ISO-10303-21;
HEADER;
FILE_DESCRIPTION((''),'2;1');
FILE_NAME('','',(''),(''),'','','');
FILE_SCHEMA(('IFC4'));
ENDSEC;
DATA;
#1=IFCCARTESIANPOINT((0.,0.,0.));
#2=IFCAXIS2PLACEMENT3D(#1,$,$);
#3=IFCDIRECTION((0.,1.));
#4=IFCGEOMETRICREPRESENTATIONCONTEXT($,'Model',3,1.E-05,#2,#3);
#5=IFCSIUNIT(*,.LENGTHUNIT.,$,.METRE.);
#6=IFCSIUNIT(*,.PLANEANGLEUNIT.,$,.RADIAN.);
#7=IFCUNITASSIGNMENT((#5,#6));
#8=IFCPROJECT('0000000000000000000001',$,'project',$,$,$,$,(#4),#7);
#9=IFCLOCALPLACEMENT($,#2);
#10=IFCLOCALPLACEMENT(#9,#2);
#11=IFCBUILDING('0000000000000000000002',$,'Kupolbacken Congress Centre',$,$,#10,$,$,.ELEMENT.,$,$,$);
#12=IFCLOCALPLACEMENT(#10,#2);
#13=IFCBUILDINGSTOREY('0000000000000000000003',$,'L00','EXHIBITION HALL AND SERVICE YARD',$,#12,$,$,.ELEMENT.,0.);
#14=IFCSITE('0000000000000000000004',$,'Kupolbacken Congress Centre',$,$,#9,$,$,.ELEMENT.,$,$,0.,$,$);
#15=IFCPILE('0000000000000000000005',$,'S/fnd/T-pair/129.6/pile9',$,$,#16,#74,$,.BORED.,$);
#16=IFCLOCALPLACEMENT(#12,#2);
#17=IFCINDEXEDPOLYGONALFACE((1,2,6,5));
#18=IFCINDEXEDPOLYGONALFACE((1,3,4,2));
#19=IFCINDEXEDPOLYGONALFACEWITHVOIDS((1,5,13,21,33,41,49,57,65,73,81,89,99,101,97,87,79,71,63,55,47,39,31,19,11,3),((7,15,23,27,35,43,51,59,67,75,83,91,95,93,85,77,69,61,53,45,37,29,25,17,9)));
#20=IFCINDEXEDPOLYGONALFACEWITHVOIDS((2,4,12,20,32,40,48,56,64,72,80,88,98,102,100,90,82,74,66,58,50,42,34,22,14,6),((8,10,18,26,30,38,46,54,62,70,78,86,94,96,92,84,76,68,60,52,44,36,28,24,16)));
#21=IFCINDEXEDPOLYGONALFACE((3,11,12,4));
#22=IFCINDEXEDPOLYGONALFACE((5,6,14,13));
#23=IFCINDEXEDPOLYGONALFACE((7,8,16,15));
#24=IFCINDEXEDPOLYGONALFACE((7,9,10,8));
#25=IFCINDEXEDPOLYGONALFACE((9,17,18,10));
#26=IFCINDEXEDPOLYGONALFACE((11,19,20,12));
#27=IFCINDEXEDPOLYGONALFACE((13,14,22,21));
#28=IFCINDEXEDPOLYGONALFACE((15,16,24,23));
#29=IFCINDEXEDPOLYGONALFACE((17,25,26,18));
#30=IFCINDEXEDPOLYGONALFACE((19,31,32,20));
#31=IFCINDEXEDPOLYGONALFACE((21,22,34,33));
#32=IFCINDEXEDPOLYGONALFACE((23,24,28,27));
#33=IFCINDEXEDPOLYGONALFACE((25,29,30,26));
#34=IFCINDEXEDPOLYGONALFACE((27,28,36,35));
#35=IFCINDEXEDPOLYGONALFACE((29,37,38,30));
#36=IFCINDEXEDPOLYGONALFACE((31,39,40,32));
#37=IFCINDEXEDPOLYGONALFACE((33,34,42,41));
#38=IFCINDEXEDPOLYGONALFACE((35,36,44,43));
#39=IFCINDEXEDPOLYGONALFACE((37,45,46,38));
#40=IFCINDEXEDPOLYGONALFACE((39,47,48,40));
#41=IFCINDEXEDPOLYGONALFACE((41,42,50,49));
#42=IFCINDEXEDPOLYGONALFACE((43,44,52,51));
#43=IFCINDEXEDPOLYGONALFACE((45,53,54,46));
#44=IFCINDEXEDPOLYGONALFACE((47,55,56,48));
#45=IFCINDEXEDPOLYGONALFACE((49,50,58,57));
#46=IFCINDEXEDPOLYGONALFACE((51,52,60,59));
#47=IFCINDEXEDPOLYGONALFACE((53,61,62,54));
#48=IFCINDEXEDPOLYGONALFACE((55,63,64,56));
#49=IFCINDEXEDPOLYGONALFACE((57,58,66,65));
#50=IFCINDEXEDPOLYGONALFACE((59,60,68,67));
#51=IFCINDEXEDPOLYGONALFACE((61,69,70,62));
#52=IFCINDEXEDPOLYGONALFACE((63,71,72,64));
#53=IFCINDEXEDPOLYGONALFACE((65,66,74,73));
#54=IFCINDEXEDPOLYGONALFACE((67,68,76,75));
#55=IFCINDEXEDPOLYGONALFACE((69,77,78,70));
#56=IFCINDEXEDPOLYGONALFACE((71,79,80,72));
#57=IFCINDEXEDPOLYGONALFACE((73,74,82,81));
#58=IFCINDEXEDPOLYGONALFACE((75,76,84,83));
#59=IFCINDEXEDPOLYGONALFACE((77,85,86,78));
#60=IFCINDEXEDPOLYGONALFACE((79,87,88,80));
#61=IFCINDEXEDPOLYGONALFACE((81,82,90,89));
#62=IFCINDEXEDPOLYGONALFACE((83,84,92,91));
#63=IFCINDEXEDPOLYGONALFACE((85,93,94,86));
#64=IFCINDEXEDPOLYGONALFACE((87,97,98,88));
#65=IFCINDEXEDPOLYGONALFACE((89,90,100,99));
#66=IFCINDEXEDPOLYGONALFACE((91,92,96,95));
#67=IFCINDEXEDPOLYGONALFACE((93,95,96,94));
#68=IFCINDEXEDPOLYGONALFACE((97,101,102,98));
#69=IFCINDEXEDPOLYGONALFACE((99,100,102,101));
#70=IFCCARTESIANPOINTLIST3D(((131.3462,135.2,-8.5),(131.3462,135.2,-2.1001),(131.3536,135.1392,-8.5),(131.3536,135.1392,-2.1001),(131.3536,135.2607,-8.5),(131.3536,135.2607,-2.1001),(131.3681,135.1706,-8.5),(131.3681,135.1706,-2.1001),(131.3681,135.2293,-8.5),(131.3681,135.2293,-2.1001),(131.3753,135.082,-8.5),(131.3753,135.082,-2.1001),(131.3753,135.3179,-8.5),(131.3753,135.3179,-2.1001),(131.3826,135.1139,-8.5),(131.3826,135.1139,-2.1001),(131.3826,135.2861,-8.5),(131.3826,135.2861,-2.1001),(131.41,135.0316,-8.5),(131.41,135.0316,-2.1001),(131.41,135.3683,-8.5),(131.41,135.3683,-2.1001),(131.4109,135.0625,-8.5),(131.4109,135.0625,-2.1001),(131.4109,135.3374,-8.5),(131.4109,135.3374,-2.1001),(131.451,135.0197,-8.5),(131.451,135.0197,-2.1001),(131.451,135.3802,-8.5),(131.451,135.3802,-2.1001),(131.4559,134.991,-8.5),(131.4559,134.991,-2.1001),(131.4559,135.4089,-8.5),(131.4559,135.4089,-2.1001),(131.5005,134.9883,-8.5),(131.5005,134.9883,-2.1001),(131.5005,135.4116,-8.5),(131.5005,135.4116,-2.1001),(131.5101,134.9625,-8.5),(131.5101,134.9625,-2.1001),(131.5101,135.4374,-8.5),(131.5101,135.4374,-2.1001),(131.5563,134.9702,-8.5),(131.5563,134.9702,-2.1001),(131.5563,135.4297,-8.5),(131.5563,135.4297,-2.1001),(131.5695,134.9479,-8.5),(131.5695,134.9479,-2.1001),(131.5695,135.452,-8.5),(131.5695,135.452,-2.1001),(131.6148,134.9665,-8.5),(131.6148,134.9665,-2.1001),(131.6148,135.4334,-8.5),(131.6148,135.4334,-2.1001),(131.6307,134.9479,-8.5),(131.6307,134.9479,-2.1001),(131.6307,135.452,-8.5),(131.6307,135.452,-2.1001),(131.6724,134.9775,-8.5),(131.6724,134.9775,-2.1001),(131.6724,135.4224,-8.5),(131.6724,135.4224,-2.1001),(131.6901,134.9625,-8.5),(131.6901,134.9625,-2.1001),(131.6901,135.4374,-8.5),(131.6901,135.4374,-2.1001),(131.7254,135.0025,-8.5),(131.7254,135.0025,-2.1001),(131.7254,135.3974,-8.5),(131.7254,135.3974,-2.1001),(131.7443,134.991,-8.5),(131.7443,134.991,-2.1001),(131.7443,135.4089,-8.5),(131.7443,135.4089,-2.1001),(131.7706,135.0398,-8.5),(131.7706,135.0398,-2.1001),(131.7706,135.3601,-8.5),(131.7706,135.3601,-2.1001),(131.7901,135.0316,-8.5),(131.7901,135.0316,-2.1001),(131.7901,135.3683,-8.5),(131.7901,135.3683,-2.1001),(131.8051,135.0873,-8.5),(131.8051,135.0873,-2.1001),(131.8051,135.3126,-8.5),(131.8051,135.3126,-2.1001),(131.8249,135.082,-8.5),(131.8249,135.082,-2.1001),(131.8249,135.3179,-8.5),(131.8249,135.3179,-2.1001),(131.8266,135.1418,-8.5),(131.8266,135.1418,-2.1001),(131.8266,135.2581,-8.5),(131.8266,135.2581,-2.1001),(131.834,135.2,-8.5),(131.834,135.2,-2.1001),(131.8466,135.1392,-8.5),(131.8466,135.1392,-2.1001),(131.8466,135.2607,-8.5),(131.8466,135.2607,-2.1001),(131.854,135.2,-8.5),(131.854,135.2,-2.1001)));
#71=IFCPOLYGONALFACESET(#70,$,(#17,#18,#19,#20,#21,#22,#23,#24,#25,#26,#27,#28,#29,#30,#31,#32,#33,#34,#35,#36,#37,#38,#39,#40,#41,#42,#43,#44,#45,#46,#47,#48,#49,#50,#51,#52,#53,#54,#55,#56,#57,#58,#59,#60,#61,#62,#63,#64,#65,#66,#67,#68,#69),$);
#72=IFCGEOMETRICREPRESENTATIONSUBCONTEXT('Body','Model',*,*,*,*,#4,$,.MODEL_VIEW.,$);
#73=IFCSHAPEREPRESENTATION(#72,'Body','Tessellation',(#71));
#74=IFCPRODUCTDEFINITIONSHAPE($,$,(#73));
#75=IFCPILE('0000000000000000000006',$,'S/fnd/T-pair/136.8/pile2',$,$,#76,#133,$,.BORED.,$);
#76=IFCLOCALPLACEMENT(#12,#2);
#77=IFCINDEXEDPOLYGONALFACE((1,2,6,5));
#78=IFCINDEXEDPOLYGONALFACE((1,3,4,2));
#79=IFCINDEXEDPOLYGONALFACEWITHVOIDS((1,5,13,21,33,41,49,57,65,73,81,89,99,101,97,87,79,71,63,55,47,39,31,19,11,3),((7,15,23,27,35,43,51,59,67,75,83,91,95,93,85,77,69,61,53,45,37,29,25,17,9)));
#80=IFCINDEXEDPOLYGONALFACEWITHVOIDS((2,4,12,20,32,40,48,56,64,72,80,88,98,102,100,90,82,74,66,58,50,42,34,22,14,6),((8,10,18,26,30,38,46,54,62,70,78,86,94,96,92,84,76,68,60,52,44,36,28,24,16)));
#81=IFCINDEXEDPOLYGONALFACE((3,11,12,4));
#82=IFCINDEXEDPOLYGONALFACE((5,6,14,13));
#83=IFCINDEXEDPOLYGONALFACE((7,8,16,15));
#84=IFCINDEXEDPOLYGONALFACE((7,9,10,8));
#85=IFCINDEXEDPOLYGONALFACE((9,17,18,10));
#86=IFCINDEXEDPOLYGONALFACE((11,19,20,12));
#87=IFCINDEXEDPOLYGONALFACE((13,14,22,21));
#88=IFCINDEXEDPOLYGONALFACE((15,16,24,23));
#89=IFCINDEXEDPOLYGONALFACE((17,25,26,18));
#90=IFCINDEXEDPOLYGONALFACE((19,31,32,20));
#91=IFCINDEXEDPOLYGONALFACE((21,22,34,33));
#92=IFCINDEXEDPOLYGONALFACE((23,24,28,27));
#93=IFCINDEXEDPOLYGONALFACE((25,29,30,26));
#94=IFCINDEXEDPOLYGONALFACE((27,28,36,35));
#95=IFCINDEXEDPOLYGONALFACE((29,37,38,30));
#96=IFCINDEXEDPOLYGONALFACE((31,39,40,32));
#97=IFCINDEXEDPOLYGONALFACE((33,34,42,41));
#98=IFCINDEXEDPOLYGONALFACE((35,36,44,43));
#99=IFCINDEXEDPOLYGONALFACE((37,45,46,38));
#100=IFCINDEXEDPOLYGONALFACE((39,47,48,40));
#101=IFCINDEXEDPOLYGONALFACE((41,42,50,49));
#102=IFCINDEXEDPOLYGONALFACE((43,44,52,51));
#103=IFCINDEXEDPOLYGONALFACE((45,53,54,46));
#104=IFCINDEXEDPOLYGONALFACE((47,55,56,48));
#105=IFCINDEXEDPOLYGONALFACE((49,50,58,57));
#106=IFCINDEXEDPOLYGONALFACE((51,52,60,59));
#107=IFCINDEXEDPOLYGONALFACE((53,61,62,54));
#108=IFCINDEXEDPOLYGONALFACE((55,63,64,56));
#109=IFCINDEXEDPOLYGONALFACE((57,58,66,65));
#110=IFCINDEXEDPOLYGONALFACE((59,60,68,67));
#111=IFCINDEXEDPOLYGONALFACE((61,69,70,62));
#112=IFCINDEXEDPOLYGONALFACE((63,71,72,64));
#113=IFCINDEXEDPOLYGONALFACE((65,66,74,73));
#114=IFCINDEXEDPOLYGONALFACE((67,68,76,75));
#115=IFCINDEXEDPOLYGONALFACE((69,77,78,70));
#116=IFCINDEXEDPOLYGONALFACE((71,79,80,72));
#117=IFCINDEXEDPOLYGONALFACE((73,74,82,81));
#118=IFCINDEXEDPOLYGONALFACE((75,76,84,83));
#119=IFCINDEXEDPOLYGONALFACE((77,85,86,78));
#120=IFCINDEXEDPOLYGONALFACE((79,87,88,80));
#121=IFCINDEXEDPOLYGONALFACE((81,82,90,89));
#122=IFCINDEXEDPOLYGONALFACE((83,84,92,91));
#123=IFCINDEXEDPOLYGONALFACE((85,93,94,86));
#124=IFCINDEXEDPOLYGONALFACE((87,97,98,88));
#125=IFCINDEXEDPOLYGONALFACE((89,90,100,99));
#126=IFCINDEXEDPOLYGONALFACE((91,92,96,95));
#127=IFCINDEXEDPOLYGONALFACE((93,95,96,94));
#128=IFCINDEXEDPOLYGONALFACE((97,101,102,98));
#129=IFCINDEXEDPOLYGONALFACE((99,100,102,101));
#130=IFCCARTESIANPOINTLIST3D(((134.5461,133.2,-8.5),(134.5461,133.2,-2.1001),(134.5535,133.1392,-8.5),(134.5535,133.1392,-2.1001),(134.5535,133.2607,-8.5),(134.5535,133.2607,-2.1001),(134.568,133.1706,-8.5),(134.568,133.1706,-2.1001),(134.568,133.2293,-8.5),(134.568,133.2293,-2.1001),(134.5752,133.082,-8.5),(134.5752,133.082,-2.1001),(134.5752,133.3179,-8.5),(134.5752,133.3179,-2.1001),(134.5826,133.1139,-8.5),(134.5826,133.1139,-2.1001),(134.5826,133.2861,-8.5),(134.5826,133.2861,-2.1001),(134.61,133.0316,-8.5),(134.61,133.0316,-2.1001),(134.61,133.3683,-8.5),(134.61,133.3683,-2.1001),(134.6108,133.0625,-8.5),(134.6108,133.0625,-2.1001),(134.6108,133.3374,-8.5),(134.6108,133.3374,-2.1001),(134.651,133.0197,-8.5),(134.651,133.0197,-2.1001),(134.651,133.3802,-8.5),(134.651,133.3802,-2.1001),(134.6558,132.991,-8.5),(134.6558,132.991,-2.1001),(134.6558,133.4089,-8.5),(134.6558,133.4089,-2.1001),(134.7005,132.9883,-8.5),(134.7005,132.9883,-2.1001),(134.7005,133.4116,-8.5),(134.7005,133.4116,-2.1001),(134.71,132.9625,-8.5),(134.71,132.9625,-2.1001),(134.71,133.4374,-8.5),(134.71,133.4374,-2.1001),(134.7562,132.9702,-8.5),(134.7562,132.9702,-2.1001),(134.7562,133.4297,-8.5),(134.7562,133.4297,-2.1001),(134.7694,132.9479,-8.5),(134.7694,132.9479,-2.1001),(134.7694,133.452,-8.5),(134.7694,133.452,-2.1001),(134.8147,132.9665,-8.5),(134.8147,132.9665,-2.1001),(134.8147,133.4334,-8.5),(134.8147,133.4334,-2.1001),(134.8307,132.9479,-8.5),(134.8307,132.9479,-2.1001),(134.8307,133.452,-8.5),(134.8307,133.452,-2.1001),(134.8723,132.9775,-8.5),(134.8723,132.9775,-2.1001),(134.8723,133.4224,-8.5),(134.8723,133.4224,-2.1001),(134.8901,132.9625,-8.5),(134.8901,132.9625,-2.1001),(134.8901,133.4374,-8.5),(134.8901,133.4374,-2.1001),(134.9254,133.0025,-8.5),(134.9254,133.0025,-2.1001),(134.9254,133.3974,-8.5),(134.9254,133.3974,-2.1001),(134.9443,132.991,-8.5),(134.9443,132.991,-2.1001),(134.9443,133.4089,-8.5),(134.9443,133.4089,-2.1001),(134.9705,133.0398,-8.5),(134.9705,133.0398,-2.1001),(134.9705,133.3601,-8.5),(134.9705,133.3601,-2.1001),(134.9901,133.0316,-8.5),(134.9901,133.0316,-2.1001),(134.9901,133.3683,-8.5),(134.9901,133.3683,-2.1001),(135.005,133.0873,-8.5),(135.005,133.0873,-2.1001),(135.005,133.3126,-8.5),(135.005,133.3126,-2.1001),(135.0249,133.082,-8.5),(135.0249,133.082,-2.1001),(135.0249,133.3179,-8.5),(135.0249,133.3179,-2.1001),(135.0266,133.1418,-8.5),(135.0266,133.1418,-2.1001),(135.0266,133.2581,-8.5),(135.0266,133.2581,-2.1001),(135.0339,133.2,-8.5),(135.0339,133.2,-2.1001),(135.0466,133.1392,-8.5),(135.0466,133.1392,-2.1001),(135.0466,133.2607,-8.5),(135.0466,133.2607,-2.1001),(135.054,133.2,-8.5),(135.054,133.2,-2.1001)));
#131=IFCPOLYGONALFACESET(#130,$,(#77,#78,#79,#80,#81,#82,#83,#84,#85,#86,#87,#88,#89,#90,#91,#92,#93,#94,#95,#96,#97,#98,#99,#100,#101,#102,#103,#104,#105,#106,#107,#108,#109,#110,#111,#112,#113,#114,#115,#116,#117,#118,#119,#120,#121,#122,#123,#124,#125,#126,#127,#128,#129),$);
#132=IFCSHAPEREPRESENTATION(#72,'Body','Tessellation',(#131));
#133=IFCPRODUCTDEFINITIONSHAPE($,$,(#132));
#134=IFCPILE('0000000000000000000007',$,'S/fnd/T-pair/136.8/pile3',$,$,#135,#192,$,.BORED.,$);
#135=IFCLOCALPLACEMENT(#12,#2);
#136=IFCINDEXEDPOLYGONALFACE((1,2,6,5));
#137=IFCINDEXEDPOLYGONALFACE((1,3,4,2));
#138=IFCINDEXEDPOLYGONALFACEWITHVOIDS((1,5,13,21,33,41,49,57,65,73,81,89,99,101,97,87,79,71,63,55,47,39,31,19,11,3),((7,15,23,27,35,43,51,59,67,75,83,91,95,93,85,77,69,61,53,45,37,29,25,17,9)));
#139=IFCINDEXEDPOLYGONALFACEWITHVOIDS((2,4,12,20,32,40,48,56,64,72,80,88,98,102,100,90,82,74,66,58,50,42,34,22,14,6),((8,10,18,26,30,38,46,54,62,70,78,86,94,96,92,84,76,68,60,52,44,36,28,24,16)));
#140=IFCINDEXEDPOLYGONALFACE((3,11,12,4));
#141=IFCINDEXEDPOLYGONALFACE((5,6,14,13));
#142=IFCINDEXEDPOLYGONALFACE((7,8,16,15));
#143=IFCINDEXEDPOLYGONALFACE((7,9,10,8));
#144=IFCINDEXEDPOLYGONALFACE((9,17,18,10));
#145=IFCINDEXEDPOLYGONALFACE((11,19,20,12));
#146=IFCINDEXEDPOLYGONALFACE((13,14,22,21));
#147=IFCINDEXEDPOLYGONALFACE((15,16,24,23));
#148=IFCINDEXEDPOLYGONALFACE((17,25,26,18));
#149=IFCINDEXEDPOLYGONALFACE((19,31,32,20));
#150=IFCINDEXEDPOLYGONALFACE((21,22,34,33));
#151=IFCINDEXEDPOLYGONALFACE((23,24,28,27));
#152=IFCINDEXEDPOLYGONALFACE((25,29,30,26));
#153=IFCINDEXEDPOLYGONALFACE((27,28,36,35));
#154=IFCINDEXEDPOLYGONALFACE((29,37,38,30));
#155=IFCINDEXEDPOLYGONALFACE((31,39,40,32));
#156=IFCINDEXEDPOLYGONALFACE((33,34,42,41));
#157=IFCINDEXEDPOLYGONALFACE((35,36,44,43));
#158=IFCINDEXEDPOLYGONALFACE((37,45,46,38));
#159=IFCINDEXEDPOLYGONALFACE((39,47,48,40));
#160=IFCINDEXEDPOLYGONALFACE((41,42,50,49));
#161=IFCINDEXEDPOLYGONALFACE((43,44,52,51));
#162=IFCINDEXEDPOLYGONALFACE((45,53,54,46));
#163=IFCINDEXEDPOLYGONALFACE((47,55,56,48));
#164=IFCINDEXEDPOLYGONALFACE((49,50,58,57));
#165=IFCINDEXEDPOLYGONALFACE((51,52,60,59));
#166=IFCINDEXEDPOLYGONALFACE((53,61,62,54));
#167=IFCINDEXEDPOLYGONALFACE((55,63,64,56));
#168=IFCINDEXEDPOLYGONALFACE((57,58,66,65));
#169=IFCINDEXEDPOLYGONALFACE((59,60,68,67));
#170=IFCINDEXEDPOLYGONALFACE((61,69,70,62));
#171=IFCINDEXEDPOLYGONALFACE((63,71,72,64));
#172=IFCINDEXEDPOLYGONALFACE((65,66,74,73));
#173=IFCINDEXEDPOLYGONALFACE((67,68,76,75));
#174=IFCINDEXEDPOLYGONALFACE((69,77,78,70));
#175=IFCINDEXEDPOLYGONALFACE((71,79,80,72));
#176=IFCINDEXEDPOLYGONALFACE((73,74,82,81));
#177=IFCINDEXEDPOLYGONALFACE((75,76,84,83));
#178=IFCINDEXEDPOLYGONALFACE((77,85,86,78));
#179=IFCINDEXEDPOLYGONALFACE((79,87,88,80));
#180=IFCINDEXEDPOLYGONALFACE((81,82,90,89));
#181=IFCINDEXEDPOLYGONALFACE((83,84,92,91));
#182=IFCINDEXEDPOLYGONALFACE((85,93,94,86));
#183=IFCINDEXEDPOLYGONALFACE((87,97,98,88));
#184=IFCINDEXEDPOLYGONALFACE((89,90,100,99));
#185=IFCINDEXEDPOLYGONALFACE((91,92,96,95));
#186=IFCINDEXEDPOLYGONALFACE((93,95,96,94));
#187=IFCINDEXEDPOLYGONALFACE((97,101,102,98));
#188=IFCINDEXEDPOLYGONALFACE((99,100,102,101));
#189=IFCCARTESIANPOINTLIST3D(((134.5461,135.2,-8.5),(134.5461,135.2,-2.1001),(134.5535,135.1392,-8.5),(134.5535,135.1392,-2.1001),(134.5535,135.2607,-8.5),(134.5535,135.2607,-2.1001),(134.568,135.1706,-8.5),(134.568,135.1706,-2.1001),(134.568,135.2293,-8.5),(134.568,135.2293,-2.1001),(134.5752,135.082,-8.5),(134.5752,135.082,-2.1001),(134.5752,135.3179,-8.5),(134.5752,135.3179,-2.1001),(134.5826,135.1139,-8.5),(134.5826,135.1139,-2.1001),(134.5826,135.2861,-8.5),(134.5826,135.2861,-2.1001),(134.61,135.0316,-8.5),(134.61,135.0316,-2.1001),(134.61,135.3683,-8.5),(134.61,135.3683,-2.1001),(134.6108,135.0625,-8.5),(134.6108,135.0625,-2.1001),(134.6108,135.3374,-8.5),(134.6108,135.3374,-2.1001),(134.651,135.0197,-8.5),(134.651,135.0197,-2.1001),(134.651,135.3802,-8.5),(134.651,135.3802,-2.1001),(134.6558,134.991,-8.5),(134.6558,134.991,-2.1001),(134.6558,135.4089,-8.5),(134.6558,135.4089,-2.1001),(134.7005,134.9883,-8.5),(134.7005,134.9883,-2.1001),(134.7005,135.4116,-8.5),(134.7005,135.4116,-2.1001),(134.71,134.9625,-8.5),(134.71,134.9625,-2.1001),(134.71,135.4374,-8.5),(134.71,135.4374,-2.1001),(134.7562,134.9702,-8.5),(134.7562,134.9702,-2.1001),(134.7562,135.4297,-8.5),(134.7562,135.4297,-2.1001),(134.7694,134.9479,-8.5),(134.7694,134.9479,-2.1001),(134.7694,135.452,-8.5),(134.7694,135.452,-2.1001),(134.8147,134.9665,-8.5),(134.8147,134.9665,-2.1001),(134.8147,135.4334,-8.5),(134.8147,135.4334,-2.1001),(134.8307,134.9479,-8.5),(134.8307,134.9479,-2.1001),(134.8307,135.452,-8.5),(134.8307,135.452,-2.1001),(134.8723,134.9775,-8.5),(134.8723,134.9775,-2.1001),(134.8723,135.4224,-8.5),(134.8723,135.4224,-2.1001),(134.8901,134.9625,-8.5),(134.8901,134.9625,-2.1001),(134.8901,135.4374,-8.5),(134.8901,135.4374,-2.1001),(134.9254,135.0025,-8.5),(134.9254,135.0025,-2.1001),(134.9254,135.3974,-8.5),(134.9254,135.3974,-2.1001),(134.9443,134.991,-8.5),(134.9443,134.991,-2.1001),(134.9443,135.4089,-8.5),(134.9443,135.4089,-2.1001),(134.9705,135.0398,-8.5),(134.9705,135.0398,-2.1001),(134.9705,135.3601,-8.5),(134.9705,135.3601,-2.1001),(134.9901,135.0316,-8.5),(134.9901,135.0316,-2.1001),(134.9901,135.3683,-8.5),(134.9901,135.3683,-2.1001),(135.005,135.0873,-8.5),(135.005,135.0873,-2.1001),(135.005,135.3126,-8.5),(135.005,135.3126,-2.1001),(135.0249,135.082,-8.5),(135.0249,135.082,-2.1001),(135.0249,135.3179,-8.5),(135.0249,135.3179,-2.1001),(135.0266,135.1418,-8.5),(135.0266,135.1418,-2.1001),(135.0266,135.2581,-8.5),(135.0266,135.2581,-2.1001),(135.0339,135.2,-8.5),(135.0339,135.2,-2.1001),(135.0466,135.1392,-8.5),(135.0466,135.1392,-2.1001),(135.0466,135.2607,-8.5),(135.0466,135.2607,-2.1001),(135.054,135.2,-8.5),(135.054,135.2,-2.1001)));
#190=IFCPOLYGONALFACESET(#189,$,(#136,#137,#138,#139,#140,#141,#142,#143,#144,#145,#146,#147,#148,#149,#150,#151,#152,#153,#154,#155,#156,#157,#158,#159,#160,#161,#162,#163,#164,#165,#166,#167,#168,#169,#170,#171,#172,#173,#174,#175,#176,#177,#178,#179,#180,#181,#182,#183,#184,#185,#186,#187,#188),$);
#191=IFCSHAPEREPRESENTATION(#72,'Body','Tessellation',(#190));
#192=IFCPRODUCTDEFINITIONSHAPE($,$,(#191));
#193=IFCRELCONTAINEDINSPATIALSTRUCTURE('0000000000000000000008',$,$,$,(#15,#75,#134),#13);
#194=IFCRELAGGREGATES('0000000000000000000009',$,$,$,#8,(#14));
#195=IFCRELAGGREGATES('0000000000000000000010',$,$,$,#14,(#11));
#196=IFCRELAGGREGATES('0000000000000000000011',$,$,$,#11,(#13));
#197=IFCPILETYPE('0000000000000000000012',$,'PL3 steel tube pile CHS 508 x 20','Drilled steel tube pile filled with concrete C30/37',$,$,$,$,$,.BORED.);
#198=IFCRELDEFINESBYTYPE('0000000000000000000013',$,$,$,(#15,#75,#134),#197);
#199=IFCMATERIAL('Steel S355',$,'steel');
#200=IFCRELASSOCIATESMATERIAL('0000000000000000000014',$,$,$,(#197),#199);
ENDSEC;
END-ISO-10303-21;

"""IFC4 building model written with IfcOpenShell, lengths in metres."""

from ifc_helpers import new_model, si_unit, direction, frame, origin, origin_2d, place, context, subcontext, project, spatial, hollow_circle, extrude, material, material_profile, profile_set, type_object, element, save


model = new_model("IFC4")

# Units and contexts
model_context = context("Model", 3, precision=1e-05, world=origin(), true_north=direction((0.0, 1.0)))
body_context = subcontext(model_context, "Body", "Model", "MODEL_VIEW")
ifc_project = project(units=[si_unit("LENGTHUNIT", "METRE"), si_unit("PLANEANGLEUNIT", "RADIAN")], contexts=[model_context])

# Site, building, storey
site_placement = place(None, origin())
site = spatial("IfcSite", under=ifc_project, at=site_placement, Name="Kupolbacken Congress Centre", CompositionType="ELEMENT", RefElevation=0.0)
building_placement = place(site_placement, origin())
building = spatial("IfcBuilding", under=site, at=building_placement, Name="Kupolbacken Congress Centre", CompositionType="ELEMENT")
storey_placement = place(building_placement, origin())
storey = spatial("IfcBuildingStorey", under=building, at=storey_placement, Name="L00", Description="EXHIBITION HALL AND SERVICE YARD", CompositionType="ELEMENT", Elevation=0.0)

# Piles
ifc_material_1 = material(Name="Steel S355", Category="steel")
ifc_material_profile_1 = material_profile(ifc_material_1, hollow_circle(Radius=0.2539, WallThickness=0.02, at=origin_2d()), Name="CHS 508 x 20")
ifc_profile_set_1 = profile_set([ifc_material_profile_1], Name="Steel S355")
pile_type = type_object("IfcPileType", Name="PL3 steel tube pile CHS 508 x 20", Description="Drilled steel tube pile filled with concrete C30/37", PredefinedType="BORED", material=ifc_profile_set_1)
for number, where, z_axis, x_axis, name in (
    (1, (131.6001, 135.2, -2.1001), (0.0, 0.0, -1.0), (1.0, 0.0, 0.0), "S/fnd/T-pair/129.6/pile9"),
    (2, (134.8, 133.2, -2.1001), (0.0, 0.0, -1.0), (1.0, 0.0, 0.0), "S/fnd/T-pair/136.8/pile2"),
    (3, (134.8, 135.2, -2.1001), (0.0, 0.0, -1.0), (1.0, 0.0, 0.0), "S/fnd/T-pair/136.8/pile3"),
):
    element("IfcPile", number, at=place(storey_placement, frame(where, z_axis=z_axis, x_axis=x_axis)), inside=storey, type_object=pile_type, Name=name, PredefinedType="BORED", context=body_context, shape_type="SweptSolid", body=[
        extrude(hollow_circle(Radius=0.2539, WallThickness=0.02, at=origin_2d()), origin(), (0.0, 0.0, 1.0), 6.3999),
    ])

save(model, "model.ifc")
